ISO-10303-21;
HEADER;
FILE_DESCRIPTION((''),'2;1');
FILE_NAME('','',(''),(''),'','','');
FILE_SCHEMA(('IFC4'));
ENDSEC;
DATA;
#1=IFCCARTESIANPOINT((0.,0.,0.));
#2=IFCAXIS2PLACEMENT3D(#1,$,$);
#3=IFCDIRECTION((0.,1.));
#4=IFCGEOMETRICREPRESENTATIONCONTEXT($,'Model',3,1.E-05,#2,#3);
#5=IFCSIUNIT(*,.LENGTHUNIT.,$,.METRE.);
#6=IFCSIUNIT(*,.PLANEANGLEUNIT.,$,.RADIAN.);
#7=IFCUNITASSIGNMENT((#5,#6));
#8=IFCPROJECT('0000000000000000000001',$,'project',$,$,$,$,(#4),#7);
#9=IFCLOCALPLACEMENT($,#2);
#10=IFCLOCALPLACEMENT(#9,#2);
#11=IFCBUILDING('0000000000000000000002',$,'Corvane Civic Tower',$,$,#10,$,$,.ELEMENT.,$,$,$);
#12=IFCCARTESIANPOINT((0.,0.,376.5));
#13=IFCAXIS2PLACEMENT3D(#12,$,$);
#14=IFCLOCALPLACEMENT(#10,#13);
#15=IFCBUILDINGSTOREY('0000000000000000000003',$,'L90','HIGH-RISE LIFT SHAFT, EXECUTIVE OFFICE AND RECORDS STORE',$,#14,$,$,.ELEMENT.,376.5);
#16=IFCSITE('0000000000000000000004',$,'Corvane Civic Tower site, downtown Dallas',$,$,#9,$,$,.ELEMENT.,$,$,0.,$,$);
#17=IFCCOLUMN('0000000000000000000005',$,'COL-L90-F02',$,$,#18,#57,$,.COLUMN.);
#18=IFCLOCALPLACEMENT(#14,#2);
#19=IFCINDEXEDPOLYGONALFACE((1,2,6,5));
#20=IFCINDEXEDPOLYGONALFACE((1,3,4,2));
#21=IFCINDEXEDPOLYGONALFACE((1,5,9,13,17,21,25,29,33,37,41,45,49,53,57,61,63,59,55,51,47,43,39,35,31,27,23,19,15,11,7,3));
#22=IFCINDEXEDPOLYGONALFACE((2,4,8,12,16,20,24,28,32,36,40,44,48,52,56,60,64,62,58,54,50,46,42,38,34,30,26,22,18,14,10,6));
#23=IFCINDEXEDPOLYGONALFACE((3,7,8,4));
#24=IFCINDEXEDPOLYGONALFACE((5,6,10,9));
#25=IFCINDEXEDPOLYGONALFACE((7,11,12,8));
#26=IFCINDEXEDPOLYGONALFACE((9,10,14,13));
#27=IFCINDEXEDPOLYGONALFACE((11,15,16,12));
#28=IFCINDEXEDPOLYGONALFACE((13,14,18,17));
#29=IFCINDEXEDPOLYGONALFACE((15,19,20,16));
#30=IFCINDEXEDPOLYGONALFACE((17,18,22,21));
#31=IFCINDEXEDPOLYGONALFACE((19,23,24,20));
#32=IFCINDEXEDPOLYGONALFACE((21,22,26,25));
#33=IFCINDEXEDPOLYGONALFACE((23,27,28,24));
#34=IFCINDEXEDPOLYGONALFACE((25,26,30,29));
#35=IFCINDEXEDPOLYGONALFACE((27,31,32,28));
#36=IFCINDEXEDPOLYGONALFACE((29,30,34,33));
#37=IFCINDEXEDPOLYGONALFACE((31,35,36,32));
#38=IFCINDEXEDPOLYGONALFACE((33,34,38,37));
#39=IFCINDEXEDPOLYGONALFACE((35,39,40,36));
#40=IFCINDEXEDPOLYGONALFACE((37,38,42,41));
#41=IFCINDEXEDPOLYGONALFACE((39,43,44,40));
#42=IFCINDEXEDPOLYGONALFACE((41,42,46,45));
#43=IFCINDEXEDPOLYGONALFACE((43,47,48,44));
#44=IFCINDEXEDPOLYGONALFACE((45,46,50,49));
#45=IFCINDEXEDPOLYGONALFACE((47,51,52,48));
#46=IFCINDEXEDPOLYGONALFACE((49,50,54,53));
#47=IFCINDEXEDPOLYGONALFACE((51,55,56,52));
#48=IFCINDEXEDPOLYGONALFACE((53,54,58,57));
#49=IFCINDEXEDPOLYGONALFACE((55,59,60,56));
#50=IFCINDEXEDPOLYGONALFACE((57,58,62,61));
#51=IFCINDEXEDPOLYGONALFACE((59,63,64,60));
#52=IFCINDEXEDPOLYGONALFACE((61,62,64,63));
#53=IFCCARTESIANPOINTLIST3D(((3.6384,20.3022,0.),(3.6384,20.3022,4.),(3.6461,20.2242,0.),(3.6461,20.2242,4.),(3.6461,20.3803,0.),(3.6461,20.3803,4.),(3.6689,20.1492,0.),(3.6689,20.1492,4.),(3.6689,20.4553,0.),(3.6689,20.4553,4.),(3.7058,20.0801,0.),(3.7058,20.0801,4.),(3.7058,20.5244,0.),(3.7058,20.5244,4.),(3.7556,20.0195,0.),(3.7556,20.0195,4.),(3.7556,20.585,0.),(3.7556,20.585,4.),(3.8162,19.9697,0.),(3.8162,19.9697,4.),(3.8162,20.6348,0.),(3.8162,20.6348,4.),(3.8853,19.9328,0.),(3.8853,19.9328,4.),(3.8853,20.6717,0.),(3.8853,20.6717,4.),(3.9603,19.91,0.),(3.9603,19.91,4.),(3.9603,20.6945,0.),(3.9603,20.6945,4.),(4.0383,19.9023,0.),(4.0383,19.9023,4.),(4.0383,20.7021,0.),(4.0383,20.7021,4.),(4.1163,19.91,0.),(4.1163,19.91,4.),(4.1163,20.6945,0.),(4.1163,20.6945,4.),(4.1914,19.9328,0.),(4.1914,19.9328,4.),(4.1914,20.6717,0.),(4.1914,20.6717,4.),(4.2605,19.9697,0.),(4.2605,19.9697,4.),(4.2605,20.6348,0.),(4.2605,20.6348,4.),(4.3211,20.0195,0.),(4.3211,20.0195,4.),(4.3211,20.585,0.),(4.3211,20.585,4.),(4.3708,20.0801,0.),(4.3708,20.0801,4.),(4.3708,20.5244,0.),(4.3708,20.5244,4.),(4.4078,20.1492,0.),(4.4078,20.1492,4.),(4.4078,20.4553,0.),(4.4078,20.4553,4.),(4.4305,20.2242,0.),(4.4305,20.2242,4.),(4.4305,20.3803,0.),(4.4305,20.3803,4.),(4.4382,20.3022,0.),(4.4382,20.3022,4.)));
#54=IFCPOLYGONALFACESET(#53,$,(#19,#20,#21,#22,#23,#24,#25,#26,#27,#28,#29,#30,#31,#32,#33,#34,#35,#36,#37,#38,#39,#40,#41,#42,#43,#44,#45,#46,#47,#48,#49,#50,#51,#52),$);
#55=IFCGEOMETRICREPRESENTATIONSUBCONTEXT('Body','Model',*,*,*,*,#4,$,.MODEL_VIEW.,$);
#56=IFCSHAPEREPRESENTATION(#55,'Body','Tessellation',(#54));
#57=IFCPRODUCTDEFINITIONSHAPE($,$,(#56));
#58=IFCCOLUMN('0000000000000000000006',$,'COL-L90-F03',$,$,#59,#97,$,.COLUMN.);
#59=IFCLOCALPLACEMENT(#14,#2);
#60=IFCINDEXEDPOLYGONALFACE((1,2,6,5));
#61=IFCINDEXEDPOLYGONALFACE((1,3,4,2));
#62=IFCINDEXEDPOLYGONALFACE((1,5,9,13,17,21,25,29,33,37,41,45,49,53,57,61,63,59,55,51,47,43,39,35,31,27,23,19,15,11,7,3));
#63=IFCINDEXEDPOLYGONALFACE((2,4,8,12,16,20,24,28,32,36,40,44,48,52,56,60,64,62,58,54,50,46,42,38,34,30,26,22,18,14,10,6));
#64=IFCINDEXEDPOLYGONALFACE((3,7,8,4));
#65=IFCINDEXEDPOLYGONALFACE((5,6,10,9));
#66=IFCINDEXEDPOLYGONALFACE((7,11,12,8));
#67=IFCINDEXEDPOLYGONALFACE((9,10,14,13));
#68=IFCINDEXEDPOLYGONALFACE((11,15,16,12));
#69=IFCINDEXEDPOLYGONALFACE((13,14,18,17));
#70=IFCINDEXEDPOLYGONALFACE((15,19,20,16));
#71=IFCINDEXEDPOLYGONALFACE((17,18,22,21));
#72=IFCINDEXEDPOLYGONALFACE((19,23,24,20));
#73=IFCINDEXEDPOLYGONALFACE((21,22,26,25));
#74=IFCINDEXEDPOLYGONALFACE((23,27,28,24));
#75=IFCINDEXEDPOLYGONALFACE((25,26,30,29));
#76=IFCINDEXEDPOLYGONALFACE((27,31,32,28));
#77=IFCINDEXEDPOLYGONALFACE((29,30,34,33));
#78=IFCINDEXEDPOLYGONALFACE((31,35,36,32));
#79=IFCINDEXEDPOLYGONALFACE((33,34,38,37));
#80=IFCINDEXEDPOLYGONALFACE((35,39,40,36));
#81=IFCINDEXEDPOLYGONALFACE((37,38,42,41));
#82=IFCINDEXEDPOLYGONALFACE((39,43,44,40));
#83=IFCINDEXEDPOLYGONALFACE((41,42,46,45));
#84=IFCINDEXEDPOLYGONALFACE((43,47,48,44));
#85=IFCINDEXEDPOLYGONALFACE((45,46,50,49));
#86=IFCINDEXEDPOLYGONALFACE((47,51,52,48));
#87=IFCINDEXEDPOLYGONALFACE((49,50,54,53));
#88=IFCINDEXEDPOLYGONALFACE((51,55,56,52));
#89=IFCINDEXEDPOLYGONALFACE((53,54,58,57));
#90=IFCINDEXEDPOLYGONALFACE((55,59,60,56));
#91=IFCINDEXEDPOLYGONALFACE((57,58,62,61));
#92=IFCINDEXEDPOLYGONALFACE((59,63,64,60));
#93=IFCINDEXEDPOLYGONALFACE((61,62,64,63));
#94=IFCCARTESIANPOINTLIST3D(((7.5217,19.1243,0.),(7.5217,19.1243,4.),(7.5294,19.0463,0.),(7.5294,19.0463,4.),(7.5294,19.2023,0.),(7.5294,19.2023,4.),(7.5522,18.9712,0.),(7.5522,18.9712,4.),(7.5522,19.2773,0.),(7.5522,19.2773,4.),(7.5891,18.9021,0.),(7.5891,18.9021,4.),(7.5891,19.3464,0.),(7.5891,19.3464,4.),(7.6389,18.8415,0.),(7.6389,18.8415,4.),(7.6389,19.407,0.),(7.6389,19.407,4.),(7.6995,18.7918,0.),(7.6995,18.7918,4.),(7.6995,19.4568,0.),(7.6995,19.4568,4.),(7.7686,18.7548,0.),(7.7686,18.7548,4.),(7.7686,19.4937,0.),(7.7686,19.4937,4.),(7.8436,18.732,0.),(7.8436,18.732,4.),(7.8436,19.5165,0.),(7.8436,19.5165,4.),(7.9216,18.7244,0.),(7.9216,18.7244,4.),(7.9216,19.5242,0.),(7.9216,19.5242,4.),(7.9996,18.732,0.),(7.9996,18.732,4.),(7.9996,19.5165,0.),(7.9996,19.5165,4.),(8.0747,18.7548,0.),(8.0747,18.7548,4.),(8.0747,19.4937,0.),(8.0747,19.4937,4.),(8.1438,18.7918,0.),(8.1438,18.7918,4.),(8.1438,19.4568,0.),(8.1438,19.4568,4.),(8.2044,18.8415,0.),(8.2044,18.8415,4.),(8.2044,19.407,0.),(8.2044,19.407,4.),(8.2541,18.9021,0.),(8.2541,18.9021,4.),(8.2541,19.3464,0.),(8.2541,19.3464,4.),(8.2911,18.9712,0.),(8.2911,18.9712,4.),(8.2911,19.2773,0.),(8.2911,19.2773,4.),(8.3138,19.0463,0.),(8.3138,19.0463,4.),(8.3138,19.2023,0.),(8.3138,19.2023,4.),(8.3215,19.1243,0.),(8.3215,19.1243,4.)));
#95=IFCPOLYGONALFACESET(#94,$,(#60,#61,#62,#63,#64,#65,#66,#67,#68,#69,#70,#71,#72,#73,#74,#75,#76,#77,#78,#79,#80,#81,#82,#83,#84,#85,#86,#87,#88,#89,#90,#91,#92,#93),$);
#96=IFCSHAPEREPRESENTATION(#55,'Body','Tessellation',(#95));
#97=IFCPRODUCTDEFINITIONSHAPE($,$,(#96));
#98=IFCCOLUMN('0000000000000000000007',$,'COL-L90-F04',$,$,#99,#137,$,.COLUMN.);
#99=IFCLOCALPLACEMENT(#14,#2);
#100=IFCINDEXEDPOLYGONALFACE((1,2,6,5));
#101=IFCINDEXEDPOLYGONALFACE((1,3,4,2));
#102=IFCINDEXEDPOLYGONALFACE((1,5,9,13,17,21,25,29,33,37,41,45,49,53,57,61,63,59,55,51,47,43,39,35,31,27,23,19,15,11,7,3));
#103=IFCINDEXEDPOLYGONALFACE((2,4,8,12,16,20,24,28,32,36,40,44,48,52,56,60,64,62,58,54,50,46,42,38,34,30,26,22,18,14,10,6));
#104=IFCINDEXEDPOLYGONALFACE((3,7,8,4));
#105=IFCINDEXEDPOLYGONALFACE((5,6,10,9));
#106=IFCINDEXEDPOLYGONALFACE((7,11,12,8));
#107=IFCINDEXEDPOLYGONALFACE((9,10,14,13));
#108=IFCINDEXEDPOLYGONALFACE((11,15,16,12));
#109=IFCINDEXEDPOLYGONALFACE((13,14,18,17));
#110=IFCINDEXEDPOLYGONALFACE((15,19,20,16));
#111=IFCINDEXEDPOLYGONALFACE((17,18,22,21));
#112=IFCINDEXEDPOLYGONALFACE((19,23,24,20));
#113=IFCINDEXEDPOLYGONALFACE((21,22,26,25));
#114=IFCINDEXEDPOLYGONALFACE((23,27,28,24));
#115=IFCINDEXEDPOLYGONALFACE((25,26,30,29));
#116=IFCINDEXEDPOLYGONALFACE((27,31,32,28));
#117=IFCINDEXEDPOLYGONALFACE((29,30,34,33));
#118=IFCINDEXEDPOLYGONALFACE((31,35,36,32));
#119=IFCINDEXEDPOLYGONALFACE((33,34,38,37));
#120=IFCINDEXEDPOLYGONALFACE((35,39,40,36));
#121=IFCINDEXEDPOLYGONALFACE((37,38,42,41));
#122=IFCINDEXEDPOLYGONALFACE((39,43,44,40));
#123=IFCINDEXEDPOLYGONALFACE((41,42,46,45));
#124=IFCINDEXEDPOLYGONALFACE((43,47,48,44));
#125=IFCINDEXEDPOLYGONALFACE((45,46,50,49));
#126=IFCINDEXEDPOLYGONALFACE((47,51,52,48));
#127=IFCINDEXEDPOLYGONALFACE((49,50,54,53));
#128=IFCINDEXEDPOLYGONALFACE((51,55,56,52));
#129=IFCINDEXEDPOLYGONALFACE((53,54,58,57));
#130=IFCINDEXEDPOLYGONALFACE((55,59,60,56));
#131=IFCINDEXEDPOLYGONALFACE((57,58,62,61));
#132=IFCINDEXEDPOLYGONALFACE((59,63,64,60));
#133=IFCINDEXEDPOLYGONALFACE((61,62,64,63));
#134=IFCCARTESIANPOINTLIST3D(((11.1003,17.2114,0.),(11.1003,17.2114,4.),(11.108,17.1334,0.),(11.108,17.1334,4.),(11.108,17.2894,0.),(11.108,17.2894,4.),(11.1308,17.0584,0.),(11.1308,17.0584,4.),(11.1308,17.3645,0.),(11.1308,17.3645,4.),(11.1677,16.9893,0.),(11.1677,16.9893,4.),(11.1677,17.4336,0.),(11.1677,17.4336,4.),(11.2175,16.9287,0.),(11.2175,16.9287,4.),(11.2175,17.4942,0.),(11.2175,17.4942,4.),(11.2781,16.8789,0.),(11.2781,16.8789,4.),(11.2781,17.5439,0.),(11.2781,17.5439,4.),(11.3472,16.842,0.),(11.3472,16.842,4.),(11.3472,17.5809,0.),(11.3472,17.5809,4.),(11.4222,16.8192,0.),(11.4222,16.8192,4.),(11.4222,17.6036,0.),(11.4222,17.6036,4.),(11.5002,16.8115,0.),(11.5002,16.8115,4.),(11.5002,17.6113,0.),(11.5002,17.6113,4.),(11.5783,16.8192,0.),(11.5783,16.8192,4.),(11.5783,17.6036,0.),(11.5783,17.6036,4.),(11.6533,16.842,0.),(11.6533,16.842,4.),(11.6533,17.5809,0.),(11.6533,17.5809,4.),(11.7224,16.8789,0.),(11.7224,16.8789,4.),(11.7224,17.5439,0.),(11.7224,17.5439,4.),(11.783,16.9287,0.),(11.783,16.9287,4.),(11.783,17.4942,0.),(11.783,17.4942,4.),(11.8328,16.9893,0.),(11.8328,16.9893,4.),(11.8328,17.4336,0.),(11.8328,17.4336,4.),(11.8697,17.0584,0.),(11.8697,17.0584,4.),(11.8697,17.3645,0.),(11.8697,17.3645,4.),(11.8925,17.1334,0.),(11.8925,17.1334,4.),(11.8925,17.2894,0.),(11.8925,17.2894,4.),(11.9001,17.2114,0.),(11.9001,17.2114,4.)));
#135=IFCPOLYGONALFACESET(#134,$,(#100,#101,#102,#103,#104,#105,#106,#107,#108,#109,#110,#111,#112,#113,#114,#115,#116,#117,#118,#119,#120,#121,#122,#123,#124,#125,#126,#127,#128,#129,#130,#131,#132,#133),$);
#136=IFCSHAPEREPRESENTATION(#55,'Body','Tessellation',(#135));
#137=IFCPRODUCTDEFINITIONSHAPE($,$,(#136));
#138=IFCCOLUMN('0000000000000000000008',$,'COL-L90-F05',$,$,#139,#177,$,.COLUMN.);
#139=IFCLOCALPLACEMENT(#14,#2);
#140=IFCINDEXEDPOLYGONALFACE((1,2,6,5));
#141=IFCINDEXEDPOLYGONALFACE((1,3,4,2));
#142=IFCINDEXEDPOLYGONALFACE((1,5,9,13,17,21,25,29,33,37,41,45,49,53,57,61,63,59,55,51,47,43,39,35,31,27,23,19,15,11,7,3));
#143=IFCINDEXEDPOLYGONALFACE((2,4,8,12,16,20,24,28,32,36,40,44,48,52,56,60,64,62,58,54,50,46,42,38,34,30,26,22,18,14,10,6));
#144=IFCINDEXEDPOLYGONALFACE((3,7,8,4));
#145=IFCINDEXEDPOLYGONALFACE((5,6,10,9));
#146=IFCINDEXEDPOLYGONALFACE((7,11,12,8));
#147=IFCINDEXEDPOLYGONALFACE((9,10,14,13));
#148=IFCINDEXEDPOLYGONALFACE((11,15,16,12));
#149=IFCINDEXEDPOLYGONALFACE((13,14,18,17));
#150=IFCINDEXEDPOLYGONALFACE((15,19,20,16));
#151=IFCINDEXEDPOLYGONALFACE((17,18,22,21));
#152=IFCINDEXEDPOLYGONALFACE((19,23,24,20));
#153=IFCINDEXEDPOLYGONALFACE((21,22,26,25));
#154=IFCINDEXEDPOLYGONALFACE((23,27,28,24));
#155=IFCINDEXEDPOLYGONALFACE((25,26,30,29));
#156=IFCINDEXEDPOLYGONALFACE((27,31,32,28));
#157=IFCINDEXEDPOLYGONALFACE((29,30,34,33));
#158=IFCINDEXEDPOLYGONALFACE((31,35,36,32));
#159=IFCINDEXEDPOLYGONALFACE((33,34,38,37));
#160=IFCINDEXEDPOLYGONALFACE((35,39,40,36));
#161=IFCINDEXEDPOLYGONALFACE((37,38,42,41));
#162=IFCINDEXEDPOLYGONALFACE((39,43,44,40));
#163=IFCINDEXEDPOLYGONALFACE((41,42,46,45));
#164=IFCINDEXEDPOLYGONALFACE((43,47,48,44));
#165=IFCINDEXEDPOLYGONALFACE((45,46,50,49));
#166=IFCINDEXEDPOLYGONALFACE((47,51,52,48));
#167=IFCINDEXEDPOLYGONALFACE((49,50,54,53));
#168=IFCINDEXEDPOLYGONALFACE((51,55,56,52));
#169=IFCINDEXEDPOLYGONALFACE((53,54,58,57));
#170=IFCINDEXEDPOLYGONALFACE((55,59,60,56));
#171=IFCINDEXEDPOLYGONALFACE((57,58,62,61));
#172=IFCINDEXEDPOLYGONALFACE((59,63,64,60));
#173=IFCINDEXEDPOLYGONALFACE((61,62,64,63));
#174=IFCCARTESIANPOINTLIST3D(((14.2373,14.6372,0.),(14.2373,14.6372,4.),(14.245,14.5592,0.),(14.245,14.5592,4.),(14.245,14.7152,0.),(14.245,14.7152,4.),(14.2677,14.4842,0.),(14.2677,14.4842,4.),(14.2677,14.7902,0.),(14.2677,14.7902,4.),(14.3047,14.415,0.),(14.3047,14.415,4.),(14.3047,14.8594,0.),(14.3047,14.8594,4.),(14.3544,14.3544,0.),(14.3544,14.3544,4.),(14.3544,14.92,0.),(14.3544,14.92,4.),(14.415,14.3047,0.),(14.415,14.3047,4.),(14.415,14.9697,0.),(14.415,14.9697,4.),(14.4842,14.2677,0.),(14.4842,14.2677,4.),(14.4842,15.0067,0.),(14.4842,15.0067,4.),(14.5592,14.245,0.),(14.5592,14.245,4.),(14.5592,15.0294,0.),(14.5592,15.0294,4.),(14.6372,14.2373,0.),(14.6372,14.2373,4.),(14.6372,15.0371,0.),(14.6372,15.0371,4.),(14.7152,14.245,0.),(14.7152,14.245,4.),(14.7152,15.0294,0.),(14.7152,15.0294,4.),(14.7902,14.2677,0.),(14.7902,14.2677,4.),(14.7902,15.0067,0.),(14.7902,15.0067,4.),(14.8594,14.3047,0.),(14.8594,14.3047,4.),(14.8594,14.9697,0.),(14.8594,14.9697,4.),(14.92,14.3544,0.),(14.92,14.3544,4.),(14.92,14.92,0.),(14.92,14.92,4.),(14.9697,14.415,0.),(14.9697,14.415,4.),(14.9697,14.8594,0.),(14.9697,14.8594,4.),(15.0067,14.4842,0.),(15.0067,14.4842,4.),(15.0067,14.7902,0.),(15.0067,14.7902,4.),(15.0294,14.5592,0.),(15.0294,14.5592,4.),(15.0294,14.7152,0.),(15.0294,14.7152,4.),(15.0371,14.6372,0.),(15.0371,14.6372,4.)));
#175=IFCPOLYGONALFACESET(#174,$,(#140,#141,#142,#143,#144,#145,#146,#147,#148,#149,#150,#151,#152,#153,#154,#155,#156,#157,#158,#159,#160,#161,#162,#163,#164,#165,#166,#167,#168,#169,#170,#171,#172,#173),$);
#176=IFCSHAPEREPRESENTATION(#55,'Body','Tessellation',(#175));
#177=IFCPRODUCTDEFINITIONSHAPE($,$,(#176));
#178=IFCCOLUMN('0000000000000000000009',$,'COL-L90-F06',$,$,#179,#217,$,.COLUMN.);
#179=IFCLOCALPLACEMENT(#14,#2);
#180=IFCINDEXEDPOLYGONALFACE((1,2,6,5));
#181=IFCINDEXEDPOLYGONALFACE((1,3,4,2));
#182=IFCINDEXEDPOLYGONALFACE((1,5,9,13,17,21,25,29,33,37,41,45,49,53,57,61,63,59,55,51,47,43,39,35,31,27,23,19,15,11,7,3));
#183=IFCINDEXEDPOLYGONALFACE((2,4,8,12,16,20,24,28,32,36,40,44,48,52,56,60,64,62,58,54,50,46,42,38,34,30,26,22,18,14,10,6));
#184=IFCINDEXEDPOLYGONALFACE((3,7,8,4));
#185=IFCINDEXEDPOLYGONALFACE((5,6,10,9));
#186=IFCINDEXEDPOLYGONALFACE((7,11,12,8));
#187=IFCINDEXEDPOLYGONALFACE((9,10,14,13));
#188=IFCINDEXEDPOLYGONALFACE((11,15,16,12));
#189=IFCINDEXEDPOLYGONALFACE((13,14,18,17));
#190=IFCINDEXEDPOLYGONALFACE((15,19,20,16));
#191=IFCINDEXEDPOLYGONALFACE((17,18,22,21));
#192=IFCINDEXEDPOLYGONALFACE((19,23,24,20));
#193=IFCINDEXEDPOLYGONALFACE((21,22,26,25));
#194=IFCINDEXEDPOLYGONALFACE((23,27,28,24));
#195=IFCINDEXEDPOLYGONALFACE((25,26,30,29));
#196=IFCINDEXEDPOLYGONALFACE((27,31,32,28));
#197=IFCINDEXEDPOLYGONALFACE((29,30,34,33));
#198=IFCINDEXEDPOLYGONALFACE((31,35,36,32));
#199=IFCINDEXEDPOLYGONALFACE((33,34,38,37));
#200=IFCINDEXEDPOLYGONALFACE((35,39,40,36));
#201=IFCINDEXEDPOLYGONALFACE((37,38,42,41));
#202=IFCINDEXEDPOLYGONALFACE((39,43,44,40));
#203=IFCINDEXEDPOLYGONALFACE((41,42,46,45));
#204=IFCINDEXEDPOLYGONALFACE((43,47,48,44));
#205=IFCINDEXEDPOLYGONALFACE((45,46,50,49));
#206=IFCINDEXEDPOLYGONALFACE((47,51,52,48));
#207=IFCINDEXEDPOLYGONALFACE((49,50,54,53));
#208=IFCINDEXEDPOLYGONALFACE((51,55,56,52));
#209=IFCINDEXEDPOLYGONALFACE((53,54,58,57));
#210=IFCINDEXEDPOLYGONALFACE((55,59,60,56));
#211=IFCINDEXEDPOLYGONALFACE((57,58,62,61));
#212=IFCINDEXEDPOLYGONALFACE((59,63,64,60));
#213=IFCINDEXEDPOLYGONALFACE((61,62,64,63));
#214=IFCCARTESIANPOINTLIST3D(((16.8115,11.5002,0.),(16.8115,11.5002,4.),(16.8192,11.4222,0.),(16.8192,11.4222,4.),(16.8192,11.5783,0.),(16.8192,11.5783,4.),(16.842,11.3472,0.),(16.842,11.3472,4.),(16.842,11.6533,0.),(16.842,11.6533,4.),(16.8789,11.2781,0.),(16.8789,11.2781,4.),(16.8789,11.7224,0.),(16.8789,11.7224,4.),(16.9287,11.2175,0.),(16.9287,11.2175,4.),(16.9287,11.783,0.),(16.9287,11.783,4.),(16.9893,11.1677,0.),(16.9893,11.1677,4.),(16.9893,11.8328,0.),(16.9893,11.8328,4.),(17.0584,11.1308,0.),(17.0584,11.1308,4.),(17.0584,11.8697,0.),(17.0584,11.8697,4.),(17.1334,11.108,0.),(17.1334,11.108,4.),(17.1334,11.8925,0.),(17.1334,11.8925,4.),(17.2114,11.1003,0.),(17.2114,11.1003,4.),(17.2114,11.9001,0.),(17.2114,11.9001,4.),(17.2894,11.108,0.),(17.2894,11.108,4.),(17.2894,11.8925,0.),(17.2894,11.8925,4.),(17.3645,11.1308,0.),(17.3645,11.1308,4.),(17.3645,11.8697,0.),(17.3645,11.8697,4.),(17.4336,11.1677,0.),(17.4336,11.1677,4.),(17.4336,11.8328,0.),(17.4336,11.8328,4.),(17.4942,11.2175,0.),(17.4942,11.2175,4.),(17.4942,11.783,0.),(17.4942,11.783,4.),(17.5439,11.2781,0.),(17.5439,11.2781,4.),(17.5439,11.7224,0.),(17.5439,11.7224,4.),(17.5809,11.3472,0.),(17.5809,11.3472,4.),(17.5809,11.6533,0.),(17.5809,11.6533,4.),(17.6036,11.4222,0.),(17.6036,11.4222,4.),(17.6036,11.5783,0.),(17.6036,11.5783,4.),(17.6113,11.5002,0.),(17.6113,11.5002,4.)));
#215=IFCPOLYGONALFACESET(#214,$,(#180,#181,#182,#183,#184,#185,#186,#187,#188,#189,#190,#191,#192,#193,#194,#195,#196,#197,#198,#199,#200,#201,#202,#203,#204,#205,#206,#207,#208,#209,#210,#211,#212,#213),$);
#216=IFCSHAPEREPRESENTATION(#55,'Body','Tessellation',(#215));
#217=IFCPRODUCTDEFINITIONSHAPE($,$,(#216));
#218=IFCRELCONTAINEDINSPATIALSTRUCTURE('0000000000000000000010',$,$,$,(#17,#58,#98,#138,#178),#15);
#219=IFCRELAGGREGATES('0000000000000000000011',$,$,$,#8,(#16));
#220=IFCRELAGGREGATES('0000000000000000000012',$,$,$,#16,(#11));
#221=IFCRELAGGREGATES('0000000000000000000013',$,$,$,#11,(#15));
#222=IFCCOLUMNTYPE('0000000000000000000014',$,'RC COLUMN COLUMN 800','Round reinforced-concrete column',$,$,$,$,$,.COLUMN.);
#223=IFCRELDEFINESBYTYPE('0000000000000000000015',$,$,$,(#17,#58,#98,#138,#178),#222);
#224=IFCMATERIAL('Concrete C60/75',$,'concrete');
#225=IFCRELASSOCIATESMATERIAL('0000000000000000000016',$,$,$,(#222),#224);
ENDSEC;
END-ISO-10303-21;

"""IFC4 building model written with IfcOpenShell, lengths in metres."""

from ifc_helpers import new_model, si_unit, direction, frame, origin, origin_2d, place, context, subcontext, project, spatial, circle, extrude, material, material_profile, profile_set, type_object, element, save


model = new_model("IFC4")

# Units and contexts
model_context = context("Model", 3, precision=1e-05, world=origin(), true_north=direction((0.0, 1.0)))
body_context = subcontext(model_context, "Body", "Model", "MODEL_VIEW")
ifc_project = project(units=[si_unit("LENGTHUNIT", "METRE"), si_unit("PLANEANGLEUNIT", "RADIAN")], contexts=[model_context])

# Site, building, storey
site_placement = place(None, origin())
site = spatial("IfcSite", under=ifc_project, at=site_placement, Name="Corvane Civic Tower site, downtown Dallas", CompositionType="ELEMENT", RefElevation=0.0)
building_placement = place(site_placement, origin())
building = spatial("IfcBuilding", under=site, at=building_placement, Name="Corvane Civic Tower", CompositionType="ELEMENT")
storey_placement = place(building_placement, frame((0.0, 0.0, 376.5)))
storey = spatial("IfcBuildingStorey", under=building, at=storey_placement, Name="L90", Description="HIGH-RISE LIFT SHAFT, EXECUTIVE OFFICE AND RECORDS STORE", CompositionType="ELEMENT", Elevation=376.5)

# Columns
ifc_material_1 = material(Name="Concrete C60/75", Category="concrete")
ifc_material_profile_1 = material_profile(ifc_material_1, circle(Radius=0.3999, at=origin_2d()), Name="COLUMN 800")
ifc_profile_set_1 = profile_set([ifc_material_profile_1], Name="Concrete C60/75")
column_type = type_object("IfcColumnType", Name="RC COLUMN COLUMN 800", Description="Round reinforced-concrete column", PredefinedType="COLUMN", material=ifc_profile_set_1)
for number, where, z_axis, x_axis, name in (
    (1, (4.0383, 20.3022, 0.0), (0.0, 0.0, 1.0), (1.0, 0.0, 0.0), "COL-L90-F02"),
    (2, (7.9216, 19.1243, 0.0), (0.0, 0.0, 1.0), (1.0, 0.0, 0.0), "COL-L90-F03"),
    (3, (11.5002, 17.2114, 0.0), (0.0, 0.0, 1.0), (1.0, 0.0, 0.0), "COL-L90-F04"),
    (4, (14.6372, 14.6372, 0.0), (0.0, 0.0, 1.0), (1.0, 0.0, 0.0), "COL-L90-F05"),
    (5, (17.2114, 11.5002, 0.0), (0.0, 0.0, 1.0), (1.0, 0.0, 0.0), "COL-L90-F06"),
):
    element("IfcColumn", number, at=place(storey_placement, frame(where, z_axis=z_axis, x_axis=x_axis)), inside=storey, type_object=column_type, Name=name, PredefinedType="COLUMN", context=body_context, shape_type="SweptSolid", body=[
        extrude(circle(Radius=0.3999, at=origin_2d()), origin(), (0.0, 0.0, 1.0), 4.0),
    ])

save(model, "model.ifc")
